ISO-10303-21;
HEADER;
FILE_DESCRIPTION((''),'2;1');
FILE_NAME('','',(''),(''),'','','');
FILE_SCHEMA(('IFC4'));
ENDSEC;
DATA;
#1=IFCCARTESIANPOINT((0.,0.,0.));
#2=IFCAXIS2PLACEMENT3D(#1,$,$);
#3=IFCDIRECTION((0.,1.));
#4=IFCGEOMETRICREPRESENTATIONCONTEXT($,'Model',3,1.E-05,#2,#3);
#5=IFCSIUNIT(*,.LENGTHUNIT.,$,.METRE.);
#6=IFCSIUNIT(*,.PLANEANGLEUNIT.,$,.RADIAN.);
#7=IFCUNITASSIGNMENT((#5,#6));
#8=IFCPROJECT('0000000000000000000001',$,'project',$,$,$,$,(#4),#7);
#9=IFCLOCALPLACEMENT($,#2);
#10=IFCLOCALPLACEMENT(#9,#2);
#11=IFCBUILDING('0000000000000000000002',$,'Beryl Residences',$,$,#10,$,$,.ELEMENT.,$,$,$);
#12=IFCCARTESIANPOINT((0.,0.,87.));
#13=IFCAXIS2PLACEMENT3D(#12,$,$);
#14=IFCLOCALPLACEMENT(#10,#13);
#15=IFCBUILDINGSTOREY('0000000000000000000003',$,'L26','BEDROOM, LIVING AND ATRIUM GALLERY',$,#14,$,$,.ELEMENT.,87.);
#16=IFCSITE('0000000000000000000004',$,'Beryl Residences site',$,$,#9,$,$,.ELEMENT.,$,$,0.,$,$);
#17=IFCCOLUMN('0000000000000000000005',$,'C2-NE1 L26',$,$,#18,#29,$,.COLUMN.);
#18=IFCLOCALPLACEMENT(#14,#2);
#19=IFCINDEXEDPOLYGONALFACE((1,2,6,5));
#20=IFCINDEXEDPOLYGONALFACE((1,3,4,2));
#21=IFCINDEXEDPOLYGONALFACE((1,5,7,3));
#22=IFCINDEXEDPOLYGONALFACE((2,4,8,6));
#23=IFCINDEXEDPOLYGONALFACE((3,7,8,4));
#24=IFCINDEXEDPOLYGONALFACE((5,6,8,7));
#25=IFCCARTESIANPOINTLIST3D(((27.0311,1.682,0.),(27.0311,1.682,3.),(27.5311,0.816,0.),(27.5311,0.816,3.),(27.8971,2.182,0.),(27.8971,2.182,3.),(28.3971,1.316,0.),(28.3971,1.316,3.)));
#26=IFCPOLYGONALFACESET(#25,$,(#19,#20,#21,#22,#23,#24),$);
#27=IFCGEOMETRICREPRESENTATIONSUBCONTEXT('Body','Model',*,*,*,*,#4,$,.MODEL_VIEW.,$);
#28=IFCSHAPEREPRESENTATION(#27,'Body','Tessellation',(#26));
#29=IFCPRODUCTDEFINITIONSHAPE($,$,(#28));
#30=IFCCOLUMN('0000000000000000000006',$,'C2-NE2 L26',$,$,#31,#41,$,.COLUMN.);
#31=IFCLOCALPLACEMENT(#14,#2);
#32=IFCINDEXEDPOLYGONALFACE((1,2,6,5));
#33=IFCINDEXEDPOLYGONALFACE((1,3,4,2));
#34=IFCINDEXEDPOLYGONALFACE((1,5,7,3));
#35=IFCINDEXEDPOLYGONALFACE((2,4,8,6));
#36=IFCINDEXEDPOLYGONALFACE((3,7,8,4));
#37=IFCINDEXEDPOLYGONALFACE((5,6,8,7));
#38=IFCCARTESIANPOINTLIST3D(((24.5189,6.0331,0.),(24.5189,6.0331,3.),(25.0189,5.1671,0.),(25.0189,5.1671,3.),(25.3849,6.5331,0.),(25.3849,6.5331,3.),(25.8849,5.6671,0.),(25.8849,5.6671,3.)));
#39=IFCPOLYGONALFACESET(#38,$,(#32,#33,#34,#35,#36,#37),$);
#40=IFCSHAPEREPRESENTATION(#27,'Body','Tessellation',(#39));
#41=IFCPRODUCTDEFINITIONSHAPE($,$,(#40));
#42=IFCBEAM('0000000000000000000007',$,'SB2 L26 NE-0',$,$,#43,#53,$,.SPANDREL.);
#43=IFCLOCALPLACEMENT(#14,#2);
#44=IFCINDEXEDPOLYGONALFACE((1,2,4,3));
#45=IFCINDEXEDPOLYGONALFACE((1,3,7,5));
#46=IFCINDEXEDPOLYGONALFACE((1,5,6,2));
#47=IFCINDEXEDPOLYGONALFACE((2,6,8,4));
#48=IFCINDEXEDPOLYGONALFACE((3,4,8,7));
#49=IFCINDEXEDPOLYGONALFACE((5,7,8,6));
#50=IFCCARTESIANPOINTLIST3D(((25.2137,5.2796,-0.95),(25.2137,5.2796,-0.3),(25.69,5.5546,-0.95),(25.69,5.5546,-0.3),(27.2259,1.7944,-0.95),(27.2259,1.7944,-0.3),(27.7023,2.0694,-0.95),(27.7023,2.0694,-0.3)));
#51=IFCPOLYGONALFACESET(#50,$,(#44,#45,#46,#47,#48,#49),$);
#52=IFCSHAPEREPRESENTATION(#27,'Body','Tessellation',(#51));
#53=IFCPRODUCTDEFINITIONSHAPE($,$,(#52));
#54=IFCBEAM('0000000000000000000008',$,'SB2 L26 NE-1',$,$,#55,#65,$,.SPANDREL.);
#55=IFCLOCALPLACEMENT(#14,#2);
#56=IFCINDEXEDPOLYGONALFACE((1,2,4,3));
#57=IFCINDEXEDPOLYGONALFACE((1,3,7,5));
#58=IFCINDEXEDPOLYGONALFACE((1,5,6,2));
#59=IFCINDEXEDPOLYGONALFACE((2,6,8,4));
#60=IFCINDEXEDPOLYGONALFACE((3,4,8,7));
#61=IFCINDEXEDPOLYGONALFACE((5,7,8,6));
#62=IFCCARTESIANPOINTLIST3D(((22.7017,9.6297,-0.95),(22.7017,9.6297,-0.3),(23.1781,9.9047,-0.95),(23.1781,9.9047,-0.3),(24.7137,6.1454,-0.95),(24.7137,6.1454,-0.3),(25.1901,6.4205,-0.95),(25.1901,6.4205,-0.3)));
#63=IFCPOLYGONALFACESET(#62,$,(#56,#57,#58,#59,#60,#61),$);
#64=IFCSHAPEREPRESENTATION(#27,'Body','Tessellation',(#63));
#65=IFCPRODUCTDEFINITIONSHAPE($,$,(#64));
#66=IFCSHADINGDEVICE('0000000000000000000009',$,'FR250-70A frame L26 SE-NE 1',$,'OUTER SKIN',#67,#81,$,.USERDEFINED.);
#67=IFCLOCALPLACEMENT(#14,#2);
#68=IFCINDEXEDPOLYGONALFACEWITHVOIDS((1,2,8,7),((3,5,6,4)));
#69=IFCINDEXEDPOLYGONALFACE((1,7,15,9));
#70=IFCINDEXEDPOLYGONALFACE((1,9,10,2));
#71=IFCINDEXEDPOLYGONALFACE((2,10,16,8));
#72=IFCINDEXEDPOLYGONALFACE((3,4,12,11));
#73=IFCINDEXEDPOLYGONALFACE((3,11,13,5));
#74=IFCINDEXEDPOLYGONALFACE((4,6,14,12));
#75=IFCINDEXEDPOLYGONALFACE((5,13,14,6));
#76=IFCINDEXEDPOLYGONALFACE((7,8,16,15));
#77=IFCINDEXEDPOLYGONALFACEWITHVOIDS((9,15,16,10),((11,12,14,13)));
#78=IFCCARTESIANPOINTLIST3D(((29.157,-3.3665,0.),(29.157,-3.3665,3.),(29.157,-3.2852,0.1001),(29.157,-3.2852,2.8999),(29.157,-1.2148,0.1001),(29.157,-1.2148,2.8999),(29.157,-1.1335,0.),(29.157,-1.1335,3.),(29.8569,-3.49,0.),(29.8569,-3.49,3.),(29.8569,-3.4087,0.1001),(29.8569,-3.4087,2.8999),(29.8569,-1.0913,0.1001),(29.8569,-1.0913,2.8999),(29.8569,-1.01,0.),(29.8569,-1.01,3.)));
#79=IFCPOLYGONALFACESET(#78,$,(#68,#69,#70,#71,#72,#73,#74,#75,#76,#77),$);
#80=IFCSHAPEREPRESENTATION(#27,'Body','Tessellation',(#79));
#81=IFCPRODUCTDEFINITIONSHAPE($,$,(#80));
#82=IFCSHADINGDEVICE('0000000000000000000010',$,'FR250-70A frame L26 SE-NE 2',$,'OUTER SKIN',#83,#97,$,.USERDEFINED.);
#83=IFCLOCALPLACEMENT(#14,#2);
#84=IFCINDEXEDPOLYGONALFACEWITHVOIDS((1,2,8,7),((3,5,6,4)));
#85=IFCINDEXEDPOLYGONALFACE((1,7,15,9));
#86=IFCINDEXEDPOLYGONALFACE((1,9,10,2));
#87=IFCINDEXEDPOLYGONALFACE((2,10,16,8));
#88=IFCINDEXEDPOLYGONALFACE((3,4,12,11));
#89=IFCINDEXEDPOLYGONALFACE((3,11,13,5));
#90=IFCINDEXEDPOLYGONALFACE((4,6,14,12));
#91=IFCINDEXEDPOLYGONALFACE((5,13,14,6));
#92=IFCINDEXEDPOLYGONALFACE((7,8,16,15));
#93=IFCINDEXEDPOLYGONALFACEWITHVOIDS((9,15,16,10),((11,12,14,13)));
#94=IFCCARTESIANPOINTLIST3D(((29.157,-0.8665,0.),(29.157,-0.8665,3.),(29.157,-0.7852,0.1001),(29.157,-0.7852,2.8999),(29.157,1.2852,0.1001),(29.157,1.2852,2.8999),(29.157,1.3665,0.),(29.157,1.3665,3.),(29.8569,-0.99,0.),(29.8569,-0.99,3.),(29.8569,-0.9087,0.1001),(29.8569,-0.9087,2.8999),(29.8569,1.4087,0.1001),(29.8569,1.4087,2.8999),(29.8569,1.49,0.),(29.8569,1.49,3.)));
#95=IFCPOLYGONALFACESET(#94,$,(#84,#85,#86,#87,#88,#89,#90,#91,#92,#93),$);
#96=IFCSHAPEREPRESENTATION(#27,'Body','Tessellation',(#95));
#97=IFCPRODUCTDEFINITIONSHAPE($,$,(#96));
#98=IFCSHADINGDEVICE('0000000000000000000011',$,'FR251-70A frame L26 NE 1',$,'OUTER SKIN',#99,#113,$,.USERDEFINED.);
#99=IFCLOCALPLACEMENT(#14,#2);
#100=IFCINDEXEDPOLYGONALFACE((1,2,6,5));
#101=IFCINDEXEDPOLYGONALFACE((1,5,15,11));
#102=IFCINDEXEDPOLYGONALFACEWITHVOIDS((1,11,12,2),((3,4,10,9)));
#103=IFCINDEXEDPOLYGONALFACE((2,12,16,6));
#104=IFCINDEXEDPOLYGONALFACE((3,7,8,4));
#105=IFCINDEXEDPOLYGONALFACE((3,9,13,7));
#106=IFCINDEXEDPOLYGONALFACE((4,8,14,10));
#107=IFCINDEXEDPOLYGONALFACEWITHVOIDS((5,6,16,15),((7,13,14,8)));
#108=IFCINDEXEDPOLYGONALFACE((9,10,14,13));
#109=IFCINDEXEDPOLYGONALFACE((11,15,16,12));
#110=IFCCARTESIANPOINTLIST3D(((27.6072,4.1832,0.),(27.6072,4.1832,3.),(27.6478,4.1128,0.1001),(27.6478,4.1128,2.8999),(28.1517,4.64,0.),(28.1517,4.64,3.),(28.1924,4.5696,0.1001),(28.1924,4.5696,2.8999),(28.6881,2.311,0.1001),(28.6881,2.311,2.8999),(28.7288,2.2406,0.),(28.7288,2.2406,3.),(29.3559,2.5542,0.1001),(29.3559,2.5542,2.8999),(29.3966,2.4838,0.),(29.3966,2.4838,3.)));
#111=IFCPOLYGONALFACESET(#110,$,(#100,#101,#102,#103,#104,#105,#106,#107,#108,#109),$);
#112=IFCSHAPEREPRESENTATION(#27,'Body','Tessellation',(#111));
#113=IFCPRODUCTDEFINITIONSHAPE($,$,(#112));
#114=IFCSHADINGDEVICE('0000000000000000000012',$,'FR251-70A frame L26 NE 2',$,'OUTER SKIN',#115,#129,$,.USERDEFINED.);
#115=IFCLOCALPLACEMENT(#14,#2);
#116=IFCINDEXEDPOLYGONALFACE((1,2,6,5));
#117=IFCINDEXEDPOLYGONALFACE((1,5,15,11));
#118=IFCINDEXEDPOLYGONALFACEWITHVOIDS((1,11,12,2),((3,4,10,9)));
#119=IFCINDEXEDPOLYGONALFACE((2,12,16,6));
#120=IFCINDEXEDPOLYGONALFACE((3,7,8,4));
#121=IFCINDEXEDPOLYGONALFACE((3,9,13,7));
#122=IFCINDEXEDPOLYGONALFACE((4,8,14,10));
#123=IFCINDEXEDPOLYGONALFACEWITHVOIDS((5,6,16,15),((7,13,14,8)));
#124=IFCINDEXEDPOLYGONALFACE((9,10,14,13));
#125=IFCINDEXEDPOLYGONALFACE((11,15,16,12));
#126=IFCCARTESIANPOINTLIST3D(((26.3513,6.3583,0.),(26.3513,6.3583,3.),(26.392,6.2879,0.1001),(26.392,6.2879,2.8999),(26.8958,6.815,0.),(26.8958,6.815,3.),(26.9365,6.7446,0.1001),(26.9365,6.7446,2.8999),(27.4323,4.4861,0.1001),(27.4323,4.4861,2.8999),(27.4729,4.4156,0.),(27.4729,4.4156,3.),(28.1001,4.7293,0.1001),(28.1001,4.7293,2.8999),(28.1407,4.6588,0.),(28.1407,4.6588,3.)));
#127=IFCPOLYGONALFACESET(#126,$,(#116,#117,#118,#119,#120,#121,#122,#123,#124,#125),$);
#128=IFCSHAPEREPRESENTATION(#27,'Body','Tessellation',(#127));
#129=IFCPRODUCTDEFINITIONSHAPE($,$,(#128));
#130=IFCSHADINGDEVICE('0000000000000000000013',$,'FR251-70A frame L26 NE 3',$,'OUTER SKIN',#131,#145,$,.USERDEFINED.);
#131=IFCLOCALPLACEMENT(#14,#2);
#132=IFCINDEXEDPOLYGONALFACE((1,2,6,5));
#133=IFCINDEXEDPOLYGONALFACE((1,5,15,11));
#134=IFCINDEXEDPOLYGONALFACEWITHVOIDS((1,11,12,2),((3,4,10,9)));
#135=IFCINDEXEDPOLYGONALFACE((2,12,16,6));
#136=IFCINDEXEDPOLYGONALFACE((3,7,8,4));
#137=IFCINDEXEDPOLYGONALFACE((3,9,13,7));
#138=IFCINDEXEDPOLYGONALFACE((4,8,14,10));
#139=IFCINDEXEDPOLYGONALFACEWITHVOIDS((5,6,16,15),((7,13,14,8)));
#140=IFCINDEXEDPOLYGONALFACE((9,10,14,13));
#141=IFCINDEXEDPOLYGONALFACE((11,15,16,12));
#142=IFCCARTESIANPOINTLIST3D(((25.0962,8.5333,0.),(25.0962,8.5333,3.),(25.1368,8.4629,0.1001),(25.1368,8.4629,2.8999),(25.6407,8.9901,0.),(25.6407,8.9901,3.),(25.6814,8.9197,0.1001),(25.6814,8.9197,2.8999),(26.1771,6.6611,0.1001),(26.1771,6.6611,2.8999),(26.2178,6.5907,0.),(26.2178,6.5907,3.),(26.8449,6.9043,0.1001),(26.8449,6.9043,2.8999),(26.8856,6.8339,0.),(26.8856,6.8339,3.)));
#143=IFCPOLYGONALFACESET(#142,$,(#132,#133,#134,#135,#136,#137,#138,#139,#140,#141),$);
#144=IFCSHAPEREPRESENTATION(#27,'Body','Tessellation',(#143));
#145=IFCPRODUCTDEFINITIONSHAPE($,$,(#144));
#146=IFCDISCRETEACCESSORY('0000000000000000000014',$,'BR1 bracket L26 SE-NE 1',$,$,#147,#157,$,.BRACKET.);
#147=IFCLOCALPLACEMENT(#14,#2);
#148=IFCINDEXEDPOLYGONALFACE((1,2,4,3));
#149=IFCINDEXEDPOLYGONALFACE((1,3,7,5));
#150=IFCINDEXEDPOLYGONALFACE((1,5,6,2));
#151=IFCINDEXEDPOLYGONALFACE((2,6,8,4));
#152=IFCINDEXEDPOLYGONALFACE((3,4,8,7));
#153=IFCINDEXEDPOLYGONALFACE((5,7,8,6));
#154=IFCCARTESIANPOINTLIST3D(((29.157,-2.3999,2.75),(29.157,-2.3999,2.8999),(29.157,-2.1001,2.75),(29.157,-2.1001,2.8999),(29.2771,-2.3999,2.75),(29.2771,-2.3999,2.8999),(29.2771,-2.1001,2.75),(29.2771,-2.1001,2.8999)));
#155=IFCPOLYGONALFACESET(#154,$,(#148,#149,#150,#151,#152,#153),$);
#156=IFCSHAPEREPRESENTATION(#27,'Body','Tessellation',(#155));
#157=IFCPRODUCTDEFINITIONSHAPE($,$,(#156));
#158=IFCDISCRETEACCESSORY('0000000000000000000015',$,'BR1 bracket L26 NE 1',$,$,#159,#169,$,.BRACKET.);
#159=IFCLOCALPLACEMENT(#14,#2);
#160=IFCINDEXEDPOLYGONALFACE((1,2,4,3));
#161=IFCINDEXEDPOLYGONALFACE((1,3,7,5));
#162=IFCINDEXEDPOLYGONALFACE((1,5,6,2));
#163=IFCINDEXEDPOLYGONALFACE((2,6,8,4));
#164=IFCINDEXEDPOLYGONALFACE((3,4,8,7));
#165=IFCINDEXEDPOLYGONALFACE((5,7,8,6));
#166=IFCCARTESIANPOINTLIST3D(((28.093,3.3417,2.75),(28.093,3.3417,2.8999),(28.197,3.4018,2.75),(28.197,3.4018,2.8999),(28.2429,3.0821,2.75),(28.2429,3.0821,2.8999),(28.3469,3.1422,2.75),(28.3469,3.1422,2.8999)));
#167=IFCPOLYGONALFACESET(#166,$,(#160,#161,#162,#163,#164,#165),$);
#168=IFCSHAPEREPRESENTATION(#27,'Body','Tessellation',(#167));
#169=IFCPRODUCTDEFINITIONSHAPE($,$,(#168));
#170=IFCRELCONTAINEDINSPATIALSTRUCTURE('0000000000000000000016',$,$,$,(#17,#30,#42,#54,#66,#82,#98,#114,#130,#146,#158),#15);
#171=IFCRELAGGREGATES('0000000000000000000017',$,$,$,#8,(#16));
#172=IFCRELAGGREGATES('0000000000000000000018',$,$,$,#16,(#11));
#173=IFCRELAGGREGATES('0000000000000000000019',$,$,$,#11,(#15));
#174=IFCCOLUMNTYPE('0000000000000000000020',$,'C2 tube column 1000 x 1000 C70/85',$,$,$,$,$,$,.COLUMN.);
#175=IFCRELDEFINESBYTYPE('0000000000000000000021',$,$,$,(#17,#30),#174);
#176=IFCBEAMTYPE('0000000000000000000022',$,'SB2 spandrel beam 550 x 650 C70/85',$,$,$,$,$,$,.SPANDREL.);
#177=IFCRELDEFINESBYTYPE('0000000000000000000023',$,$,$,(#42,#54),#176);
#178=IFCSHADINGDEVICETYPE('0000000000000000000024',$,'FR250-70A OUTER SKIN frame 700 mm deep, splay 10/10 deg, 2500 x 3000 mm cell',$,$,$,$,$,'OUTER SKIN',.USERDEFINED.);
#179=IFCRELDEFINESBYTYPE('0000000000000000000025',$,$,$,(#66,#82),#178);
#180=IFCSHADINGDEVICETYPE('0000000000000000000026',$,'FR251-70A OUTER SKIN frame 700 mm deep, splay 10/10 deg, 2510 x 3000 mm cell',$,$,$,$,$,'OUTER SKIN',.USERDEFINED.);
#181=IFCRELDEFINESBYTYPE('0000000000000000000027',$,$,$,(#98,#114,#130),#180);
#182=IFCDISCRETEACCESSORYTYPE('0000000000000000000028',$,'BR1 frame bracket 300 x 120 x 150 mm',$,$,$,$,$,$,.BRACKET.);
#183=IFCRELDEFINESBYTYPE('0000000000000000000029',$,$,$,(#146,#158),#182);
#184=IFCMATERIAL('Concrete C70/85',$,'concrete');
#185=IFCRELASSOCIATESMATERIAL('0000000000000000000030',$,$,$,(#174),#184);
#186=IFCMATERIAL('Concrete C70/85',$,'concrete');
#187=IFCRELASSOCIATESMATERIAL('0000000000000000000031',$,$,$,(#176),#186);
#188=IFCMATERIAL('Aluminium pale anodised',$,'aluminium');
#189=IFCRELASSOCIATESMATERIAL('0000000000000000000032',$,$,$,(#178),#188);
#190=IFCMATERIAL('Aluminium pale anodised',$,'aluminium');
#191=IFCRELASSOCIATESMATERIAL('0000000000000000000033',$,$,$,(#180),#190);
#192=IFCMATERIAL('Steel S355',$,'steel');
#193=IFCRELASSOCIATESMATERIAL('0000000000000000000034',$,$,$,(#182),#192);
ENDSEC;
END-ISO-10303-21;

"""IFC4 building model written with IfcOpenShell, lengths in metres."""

from ifc_helpers import new_model, entity, si_unit, direction, frame, origin, origin_2d, place, context, subcontext, project, spatial, polyline, rectangle, outline, extrude, source, transform, mapped, material, material_profile, profile_set, type_object, type_shapes, element, save


model = new_model("IFC4")

# Units and contexts
model_context = context("Model", 3, precision=1e-05, world=origin(), true_north=direction((0.0, 1.0)))
body_context = subcontext(model_context, "Body", "Model", "MODEL_VIEW")
ifc_project = project(units=[si_unit("LENGTHUNIT", "METRE"), si_unit("PLANEANGLEUNIT", "RADIAN")], contexts=[model_context])

# Site, building, storey
site_placement = place(None, origin())
site = spatial("IfcSite", under=ifc_project, at=site_placement, Name="Beryl Residences site", CompositionType="ELEMENT", RefElevation=0.0)
building_placement = place(site_placement, origin())
building = spatial("IfcBuilding", under=site, at=building_placement, Name="Beryl Residences", CompositionType="ELEMENT")
storey_placement = place(building_placement, frame((0.0, 0.0, 87.0)))
storey = spatial("IfcBuildingStorey", under=building, at=storey_placement, Name="L26", Description="BEDROOM, LIVING AND ATRIUM GALLERY", CompositionType="ELEMENT", Elevation=87.0)

# Columns
ifc_material_1 = material(Name="Concrete C70/85", Category="concrete")
ifc_material_profile_1 = material_profile(ifc_material_1, rectangle(XDim=1.0, YDim=1.0, at=origin_2d()))
ifc_profile_set_1 = profile_set([ifc_material_profile_1], Name="Concrete C70/85")
column_type = type_object("IfcColumnType", Name="C2 tube column 1000 x 1000 C70/85", PredefinedType="COLUMN", material=ifc_profile_set_1)
for number, where, z_axis, x_axis, name in (
    (1, (27.7141, 1.499, 0.0), (0.0, 0.0, 1.0), (-0.5, 0.866025, 0.0), "C2-NE1 L26"),
    (2, (25.2019, 5.8501, 0.0), (0.0, 0.0, 1.0), (-0.5, 0.866025, 0.0), "C2-NE2 L26"),
):
    element("IfcColumn", number, at=place(storey_placement, frame(where, z_axis=z_axis, x_axis=x_axis)), inside=storey, type_object=column_type, Name=name, PredefinedType="COLUMN", context=body_context, shape_type="SweptSolid", body=[
        extrude(rectangle(XDim=1.0, YDim=1.0, at=origin_2d()), origin(), (0.0, 0.0, 1.0), 3.0),
    ])

# Beams
ifc_material_2 = material(Name="Concrete C70/85", Category="concrete")
ifc_material_profile_2 = material_profile(ifc_material_2, rectangle(XDim=0.55, YDim=0.6499, at=origin_2d()))
ifc_profile_set_2 = profile_set([ifc_material_profile_2], Name="Concrete C70/85")
beam_type = type_object("IfcBeamType", Name="SB2 spandrel beam 550 x 650 C70/85", PredefinedType="SPANDREL", material=ifc_profile_set_2)
beam_1_placement = place(storey_placement, frame((27.4641, 1.9319, -0.625), z_axis=(-0.500015, 0.866017, 0.0), x_axis=(-0.866017, -0.500015, 0.0)))
element("IfcBeam", 3, at=beam_1_placement, inside=storey, type_object=beam_type, Name="SB2 L26 NE-0", PredefinedType="SPANDREL", context=body_context, shape_type="SweptSolid", body=[
    extrude(rectangle(XDim=0.55, YDim=0.6499, at=origin_2d()), origin(), (0.0, 0.0, 1.0), 4.0244),
])
beam_2_placement = place(storey_placement, frame((24.9519, 6.283, -0.625), z_axis=(-0.500074, 0.865982, 0.0), x_axis=(-0.865982, -0.500074, 0.0)))
element("IfcBeam", 4, at=beam_2_placement, inside=storey, type_object=beam_type, Name="SB2 L26 NE-1", PredefinedType="SPANDREL", context=body_context, shape_type="SweptSolid", body=[
    extrude(rectangle(XDim=0.55, YDim=0.6499, at=origin_2d()), origin(), (0.0, 0.0, 1.0), 4.0234),
])

# Shading devices
ifc_material_3 = material(Name="Aluminium pale anodised", Category="aluminium")
shading_device_type_1 = type_object("IfcShadingDeviceType", Name="FR250-70A OUTER SKIN frame 700 mm deep, splay 10/10 deg, 2500 x 3000 mm cell", ElementType="OUTER SKIN", PredefinedType="USERDEFINED", material=ifc_material_3)
cartesian_point_1 = entity("IfcCartesianPoint", [-1.1165, 0.0])
cartesian_point_2 = entity("IfcCartesianPoint", [-1.0352, 0.1001])
cartesian_point_3 = entity("IfcCartesianPoint", [-1.24, 0.0])
cartesian_point_4 = entity("IfcCartesianPoint", [-1.1587, 0.1001])
shared_shape_1 = source(origin(), body_context, "Body", "SweptSolid", [
    entity("IfcExtrudedAreaSolidTapered", entity("IfcArbitraryProfileDefWithVoids", "AREA", None, entity("IfcPolyline", [cartesian_point_1, entity("IfcCartesianPoint", [1.1165, 0.0]), entity("IfcCartesianPoint", [1.1165, 3.0]), entity("IfcCartesianPoint", [-1.1165, 3.0]), cartesian_point_1]), [entity("IfcPolyline", [cartesian_point_2, entity("IfcCartesianPoint", [1.0352, 0.1001]), entity("IfcCartesianPoint", [1.0352, 2.8999]), entity("IfcCartesianPoint", [-1.0352, 2.8999]), cartesian_point_2])]), entity("IfcAxis2Placement3D", entity("IfcCartesianPoint", [0.0, 0.0, 0.0]), entity("IfcDirection", [0.0, 1.0, 0.0]), entity("IfcDirection", [-1.0, 0.0, 0.0])), entity("IfcDirection", [0.0, 0.0, 1.0]), 0.7, entity("IfcArbitraryProfileDefWithVoids", "AREA", None, entity("IfcPolyline", [cartesian_point_3, entity("IfcCartesianPoint", [1.24, 0.0]), entity("IfcCartesianPoint", [1.24, 3.0]), entity("IfcCartesianPoint", [-1.24, 3.0]), cartesian_point_3]), [entity("IfcPolyline", [cartesian_point_4, entity("IfcCartesianPoint", [1.1587, 0.1001]), entity("IfcCartesianPoint", [1.1587, 2.8999]), entity("IfcCartesianPoint", [-1.1587, 2.8999]), cartesian_point_4])])),
])
type_shapes(shading_device_type_1, [shared_shape_1])
for number, where, z_axis, x_axis, name in (
    (5, (29.157, -2.25, 0.0), (0.0, 0.0, 1.0), (0.0, -1.0, 0.0), "FR250-70A frame L26 SE-NE 1"),
    (6, (29.157, 0.25, 0.0), (0.0, 0.0, 1.0), (0.0, -1.0, 0.0), "FR250-70A frame L26 SE-NE 2"),
):
    element("IfcShadingDevice", number, at=place(storey_placement, frame(where, z_axis=z_axis, x_axis=x_axis)), inside=storey, type_object=shading_device_type_1, Name=name, ObjectType="OUTER SKIN", PredefinedType="USERDEFINED", context=body_context, shape_type="MappedRepresentation", body=[
        mapped(shared_shape_1, transform((0.0, 0.0, 0.0))),
    ])
ifc_material_4 = material(Name="Aluminium pale anodised", Category="aluminium")
shading_device_type_2 = type_object("IfcShadingDeviceType", Name="FR251-70A OUTER SKIN frame 700 mm deep, splay 10/10 deg, 2510 x 3000 mm cell", ElementType="OUTER SKIN", PredefinedType="USERDEFINED", material=ifc_material_4)
cartesian_point_5 = entity("IfcCartesianPoint", [-1.1216, 0.0])
cartesian_point_6 = entity("IfcCartesianPoint", [-1.0403, 0.1001])
cartesian_point_7 = entity("IfcCartesianPoint", [-1.2449, 0.0])
cartesian_point_8 = entity("IfcCartesianPoint", [-1.1636, 0.1001])
shared_shape_2 = source(origin(), body_context, "Body", "SweptSolid", [
    entity("IfcExtrudedAreaSolidTapered", entity("IfcArbitraryProfileDefWithVoids", "AREA", None, entity("IfcPolyline", [cartesian_point_5, entity("IfcCartesianPoint", [1.1216, 0.0]), entity("IfcCartesianPoint", [1.1216, 3.0]), entity("IfcCartesianPoint", [-1.1216, 3.0]), cartesian_point_5]), [entity("IfcPolyline", [cartesian_point_6, entity("IfcCartesianPoint", [1.0403, 0.1001]), entity("IfcCartesianPoint", [1.0403, 2.8999]), entity("IfcCartesianPoint", [-1.0403, 2.8999]), cartesian_point_6])]), entity("IfcAxis2Placement3D", entity("IfcCartesianPoint", [0.0, 0.0, 0.0]), entity("IfcDirection", [0.0, 1.0, 0.0]), entity("IfcDirection", [-1.0, 0.0, 0.0])), entity("IfcDirection", [0.0, 0.0, 1.0]), 0.7, entity("IfcArbitraryProfileDefWithVoids", "AREA", None, entity("IfcPolyline", [cartesian_point_7, entity("IfcCartesianPoint", [1.2449, 0.0]), entity("IfcCartesianPoint", [1.2449, 3.0]), entity("IfcCartesianPoint", [-1.2449, 3.0]), cartesian_point_7]), [entity("IfcPolyline", [cartesian_point_8, entity("IfcCartesianPoint", [1.1636, 0.1001]), entity("IfcCartesianPoint", [1.1636, 2.8999]), entity("IfcCartesianPoint", [-1.1636, 2.8999]), cartesian_point_8])])),
])
type_shapes(shading_device_type_2, [shared_shape_2])
for number, where, z_axis, x_axis, name in (
    (7, (28.168, 3.2119, 0.0), (0.0, 0.0, 1.0), (0.5, -0.866025, 0.0), "FR251-70A frame L26 NE 1"),
    (8, (26.9121, 5.387, 0.0), (0.0, 0.0, 1.0), (0.5, -0.866025, 0.0), "FR251-70A frame L26 NE 2"),
    (9, (25.657, 7.562, 0.0), (0.0, 0.0, 1.0), (0.5, -0.866025, 0.0), "FR251-70A frame L26 NE 3"),
):
    element("IfcShadingDevice", number, at=place(storey_placement, frame(where, z_axis=z_axis, x_axis=x_axis)), inside=storey, type_object=shading_device_type_2, Name=name, ObjectType="OUTER SKIN", PredefinedType="USERDEFINED", context=body_context, shape_type="MappedRepresentation", body=[
        mapped(shared_shape_2, transform((0.0, 0.0, 0.0))),
    ])

# Discrete accessories
ifc_material_5 = material(Name="Steel S355", Category="steel")
discrete_accessory_type = type_object("IfcDiscreteAccessoryType", Name="BR1 frame bracket 300 x 120 x 150 mm", PredefinedType="BRACKET", material=ifc_material_5)
shared_shape_3 = source(origin(), body_context, "Body", "SweptSolid", [
    extrude(outline(polyline([(-0.1499, 0.0), (0.1499, 0.0), (0.1499, 0.1201), (-0.1499, 0.1201), (-0.1499, 0.0)])), origin(), (0.0, 0.0, 1.0), 0.1499),
])
type_shapes(discrete_accessory_type, [shared_shape_3])
for number, where, z_axis, x_axis, name in (
    (10, (29.157, -2.25, 2.75), (0.0, 0.0, 1.0), (0.0, -1.0, 0.0), "BR1 bracket L26 SE-NE 1"),
    (11, (28.168, 3.2119, 2.75), (0.0, 0.0, 1.0), (0.5, -0.866025, 0.0), "BR1 bracket L26 NE 1"),
):
    element("IfcDiscreteAccessory", number, at=place(storey_placement, frame(where, z_axis=z_axis, x_axis=x_axis)), inside=storey, type_object=discrete_accessory_type, Name=name, PredefinedType="BRACKET", context=body_context, shape_type="MappedRepresentation", body=[
        mapped(shared_shape_3, transform((0.0, 0.0, 0.0))),
    ])

save(model, "model.ifc")
